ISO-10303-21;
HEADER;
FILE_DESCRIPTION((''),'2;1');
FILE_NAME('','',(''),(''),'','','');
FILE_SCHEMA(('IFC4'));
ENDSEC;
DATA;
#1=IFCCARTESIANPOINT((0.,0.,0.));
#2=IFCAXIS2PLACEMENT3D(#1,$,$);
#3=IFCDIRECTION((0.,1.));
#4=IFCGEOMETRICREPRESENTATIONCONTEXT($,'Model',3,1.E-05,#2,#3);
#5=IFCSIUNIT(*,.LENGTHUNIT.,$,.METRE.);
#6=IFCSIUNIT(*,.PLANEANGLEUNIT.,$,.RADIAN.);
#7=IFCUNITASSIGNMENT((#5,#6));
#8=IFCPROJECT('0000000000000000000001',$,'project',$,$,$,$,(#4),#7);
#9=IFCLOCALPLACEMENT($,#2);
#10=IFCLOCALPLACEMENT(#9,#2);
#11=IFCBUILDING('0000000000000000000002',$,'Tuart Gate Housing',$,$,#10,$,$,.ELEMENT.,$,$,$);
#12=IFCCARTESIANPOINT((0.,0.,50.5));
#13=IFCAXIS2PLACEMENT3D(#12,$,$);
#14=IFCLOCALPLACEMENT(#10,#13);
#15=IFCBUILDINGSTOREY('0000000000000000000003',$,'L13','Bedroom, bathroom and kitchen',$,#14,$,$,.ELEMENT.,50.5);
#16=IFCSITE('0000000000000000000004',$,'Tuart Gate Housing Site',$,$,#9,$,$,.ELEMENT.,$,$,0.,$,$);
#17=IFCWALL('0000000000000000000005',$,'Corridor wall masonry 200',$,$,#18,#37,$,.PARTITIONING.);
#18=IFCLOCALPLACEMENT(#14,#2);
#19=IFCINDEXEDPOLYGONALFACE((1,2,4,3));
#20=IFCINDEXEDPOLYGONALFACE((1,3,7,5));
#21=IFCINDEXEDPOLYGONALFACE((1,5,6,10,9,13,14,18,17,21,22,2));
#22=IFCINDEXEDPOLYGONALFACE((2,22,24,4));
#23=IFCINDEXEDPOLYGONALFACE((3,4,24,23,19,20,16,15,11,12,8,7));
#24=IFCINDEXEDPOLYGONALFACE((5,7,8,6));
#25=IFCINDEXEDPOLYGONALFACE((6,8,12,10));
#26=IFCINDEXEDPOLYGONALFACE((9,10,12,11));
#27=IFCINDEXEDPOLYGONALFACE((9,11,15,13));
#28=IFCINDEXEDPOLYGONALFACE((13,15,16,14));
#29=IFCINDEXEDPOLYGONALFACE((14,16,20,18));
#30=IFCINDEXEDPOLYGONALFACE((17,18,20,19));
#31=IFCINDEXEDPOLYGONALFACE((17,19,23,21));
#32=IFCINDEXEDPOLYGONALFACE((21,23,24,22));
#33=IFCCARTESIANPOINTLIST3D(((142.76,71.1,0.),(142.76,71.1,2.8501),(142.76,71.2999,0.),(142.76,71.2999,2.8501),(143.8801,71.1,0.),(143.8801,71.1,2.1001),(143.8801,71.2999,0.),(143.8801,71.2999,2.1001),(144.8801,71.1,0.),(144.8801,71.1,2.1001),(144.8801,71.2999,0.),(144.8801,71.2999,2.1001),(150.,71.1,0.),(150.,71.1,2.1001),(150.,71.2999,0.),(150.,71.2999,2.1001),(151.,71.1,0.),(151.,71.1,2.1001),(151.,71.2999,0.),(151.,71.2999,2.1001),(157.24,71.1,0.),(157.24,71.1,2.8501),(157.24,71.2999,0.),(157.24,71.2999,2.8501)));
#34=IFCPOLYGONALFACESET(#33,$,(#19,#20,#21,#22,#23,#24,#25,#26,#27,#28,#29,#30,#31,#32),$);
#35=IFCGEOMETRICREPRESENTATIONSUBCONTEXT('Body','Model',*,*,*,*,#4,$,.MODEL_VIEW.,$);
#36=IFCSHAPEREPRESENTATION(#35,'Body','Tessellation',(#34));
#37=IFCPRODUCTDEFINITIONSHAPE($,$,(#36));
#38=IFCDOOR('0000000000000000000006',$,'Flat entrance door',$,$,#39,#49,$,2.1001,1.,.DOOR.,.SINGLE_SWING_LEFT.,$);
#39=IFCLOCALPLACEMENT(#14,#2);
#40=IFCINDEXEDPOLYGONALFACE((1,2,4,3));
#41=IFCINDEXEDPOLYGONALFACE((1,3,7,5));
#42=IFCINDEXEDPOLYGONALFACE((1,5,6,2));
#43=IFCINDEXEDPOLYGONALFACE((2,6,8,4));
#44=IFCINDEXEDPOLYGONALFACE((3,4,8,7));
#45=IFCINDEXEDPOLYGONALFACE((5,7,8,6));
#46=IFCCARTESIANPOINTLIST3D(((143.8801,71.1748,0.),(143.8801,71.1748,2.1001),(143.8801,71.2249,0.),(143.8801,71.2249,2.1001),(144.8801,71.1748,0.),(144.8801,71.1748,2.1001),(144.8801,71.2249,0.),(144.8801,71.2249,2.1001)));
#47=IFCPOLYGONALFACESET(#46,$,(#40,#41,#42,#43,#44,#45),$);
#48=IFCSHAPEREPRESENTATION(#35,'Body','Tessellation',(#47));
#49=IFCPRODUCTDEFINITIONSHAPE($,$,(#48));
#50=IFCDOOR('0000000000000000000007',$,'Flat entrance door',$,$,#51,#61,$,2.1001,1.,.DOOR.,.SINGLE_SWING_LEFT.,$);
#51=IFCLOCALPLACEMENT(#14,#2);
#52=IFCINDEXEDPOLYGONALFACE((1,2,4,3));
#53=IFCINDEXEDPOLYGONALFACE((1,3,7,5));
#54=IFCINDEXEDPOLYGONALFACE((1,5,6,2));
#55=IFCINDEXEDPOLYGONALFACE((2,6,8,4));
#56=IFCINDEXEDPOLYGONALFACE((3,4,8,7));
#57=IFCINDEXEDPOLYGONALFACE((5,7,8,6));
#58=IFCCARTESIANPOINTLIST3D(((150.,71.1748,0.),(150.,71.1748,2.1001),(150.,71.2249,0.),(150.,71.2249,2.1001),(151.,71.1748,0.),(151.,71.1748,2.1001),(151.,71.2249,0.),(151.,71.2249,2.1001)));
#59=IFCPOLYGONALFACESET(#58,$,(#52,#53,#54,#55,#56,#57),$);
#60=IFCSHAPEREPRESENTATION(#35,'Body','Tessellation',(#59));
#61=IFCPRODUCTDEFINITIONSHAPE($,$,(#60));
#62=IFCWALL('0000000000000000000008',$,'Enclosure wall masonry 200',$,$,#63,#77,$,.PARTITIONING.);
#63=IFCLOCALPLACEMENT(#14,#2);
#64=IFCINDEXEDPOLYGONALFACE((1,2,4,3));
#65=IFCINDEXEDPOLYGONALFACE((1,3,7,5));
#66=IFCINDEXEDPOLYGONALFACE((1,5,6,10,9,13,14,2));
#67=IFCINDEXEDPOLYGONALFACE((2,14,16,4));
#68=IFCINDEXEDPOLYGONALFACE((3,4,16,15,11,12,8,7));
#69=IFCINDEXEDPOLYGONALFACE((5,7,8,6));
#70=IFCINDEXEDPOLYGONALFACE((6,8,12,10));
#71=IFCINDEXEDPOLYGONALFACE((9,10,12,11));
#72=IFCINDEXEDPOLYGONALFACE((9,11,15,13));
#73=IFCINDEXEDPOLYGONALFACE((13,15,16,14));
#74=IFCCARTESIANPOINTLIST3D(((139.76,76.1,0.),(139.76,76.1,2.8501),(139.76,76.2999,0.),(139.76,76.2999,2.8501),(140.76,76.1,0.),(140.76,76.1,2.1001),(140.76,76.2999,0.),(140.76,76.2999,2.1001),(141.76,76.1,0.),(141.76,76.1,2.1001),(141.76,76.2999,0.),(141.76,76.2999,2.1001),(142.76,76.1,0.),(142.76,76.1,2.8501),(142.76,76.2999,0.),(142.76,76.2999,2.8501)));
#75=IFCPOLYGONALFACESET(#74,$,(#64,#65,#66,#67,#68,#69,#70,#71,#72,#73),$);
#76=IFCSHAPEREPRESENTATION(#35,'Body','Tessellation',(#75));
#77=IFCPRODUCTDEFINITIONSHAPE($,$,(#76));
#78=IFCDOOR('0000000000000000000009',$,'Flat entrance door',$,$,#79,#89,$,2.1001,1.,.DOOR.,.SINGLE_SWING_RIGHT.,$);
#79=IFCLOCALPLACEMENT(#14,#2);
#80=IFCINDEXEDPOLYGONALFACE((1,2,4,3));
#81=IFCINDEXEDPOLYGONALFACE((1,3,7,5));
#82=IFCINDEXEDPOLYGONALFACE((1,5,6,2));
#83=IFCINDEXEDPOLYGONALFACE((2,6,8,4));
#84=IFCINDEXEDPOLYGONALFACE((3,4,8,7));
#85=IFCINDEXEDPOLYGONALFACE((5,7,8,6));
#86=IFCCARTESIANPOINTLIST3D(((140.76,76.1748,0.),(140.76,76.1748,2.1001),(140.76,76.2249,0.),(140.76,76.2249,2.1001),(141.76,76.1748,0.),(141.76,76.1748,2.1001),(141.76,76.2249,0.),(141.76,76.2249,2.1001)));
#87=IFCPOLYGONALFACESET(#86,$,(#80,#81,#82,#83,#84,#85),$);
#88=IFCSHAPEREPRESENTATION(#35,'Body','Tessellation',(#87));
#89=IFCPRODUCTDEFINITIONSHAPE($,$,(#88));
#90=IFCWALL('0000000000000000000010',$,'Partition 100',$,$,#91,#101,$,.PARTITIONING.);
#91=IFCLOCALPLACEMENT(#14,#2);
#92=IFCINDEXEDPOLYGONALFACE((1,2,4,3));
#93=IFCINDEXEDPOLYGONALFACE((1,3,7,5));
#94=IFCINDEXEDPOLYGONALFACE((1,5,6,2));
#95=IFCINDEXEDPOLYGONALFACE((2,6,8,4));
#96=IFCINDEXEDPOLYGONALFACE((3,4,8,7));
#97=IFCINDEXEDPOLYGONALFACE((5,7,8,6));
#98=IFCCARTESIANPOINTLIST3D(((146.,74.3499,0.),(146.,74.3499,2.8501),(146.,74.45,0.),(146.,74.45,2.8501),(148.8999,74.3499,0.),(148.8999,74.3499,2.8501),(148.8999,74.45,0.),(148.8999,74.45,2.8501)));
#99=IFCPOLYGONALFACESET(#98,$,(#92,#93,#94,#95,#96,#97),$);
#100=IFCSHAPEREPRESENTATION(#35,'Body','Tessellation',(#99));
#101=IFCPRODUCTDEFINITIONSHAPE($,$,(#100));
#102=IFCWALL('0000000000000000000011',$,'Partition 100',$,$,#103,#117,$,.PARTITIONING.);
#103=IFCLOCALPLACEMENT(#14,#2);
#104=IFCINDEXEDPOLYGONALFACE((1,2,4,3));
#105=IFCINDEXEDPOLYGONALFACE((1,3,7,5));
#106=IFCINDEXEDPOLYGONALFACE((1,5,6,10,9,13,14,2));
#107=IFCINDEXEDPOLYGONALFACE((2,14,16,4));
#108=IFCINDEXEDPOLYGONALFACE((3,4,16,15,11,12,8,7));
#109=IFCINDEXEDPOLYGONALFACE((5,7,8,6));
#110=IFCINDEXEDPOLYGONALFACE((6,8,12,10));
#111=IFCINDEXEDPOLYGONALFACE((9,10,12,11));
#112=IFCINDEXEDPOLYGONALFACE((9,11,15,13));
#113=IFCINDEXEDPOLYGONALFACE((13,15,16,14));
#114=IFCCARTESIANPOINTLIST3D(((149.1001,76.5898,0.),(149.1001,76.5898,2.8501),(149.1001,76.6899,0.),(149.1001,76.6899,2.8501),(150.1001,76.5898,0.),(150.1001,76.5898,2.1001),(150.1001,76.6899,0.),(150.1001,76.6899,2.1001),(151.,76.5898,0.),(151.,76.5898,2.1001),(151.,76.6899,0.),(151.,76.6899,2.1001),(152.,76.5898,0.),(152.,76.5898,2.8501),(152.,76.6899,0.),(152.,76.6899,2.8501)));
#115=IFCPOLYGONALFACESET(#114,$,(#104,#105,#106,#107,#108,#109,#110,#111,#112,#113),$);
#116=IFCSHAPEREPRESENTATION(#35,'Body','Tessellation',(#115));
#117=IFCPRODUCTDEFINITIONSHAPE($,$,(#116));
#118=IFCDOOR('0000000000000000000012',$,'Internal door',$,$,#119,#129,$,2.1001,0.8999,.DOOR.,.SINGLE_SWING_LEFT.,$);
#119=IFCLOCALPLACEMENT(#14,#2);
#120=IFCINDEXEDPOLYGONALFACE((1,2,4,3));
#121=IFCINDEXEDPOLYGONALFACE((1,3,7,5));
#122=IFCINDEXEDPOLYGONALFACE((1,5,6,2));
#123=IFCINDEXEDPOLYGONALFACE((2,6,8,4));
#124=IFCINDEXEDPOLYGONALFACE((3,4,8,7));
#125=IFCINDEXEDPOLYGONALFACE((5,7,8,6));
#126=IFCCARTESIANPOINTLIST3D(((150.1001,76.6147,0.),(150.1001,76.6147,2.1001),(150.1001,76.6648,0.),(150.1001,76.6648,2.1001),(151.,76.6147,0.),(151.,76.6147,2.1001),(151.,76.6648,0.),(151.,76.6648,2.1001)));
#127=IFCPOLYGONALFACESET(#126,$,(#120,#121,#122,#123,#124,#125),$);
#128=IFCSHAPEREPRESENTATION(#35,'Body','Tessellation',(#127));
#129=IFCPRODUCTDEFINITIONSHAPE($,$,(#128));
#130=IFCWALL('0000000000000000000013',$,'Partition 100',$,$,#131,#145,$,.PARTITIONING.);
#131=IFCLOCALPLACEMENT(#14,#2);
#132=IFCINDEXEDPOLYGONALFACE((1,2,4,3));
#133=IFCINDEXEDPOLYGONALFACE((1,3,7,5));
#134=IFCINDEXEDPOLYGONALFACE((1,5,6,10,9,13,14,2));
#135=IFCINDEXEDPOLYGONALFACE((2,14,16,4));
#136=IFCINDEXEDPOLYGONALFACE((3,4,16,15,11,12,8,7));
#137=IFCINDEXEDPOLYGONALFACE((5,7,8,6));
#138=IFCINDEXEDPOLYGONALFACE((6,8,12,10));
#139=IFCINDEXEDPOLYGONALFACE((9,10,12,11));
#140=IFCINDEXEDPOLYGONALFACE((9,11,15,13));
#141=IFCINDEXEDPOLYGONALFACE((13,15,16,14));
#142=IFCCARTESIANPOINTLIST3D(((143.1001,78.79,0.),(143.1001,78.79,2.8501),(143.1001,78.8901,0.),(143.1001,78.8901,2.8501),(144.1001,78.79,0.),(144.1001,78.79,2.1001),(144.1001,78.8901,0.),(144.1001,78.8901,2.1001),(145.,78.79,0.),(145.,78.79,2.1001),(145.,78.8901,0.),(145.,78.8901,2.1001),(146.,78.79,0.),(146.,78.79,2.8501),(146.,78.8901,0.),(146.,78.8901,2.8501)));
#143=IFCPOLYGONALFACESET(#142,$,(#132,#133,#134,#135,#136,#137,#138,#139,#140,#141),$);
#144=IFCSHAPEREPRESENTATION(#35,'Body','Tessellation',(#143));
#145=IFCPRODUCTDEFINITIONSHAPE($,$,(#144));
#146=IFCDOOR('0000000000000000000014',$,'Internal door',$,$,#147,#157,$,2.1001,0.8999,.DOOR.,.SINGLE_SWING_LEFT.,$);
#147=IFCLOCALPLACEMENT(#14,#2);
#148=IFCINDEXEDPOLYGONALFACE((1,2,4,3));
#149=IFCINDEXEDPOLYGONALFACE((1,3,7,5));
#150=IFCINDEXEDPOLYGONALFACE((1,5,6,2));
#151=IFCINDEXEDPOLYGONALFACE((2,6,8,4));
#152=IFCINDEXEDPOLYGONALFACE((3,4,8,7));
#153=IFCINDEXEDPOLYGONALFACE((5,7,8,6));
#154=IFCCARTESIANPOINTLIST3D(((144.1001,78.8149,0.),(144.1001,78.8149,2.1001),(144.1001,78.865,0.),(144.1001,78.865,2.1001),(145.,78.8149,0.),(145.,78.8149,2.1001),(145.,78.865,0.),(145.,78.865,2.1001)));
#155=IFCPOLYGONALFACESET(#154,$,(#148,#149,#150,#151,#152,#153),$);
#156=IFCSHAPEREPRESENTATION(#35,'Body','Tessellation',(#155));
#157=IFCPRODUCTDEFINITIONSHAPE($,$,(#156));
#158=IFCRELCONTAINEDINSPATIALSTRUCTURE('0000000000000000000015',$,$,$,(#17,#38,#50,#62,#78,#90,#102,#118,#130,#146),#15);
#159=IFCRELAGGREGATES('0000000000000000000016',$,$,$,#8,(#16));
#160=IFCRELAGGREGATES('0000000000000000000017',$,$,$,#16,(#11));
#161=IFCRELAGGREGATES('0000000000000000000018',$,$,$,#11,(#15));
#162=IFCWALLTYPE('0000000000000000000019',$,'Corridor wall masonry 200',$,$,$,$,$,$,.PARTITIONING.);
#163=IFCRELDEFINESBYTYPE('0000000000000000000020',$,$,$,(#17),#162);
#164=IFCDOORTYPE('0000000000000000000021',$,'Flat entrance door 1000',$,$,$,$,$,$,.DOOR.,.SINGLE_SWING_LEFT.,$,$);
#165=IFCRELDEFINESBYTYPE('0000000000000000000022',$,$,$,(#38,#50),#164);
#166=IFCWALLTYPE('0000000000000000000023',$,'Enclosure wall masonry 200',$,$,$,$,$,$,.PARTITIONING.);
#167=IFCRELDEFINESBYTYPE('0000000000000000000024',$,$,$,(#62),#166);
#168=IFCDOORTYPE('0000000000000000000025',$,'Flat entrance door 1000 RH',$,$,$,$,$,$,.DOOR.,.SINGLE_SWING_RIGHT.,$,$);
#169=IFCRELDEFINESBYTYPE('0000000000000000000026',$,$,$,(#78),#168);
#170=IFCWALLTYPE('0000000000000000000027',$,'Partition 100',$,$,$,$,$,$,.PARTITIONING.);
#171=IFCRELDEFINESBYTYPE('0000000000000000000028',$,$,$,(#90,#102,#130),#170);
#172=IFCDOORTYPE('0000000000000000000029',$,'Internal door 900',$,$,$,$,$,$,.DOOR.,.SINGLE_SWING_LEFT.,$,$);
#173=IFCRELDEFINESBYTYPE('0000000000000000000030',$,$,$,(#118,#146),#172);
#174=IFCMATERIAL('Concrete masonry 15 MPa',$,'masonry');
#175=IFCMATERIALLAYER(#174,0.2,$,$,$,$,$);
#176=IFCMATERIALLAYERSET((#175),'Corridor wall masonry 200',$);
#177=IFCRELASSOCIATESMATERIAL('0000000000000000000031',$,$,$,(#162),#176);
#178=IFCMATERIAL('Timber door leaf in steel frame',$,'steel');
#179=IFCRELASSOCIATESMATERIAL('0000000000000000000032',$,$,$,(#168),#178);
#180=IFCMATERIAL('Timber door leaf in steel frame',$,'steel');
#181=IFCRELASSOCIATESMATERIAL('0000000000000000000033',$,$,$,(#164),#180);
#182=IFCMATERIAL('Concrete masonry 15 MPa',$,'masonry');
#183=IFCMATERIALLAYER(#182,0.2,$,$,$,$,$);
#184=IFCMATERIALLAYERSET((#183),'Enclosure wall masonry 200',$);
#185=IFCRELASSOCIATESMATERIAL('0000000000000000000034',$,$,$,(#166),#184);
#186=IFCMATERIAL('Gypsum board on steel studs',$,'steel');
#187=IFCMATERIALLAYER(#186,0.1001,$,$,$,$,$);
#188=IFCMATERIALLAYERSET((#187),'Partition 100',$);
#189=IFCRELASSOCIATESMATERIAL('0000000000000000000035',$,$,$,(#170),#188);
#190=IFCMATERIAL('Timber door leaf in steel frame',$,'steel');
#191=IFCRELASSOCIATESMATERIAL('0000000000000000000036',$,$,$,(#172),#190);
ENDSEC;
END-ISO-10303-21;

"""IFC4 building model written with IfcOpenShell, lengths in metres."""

from ifc_helpers import new_model, si_unit, direction, frame, frame_2d, origin, place, context, subcontext, project, spatial, rectangle, extrude, material, layer, layer_set, type_object, element, fill, save


model = new_model("IFC4")

# Units and contexts
model_context = context("Model", 3, precision=1e-05, world=origin(), true_north=direction((0.0, 1.0)))
body_context = subcontext(model_context, "Body", "Model", "MODEL_VIEW")
ifc_project = project(units=[si_unit("LENGTHUNIT", "METRE"), si_unit("PLANEANGLEUNIT", "RADIAN")], contexts=[model_context])

# Site, building, storey
site_placement = place(None, origin())
site = spatial("IfcSite", under=ifc_project, at=site_placement, Name="Tuart Gate Housing Site", CompositionType="ELEMENT", RefElevation=0.0)
building_placement = place(site_placement, origin())
building = spatial("IfcBuilding", under=site, at=building_placement, Name="Tuart Gate Housing", CompositionType="ELEMENT")
storey_placement = place(building_placement, frame((0.0, 0.0, 50.5)))
storey = spatial("IfcBuildingStorey", under=building, at=storey_placement, Name="L13", Description="Bedroom, bathroom and kitchen", CompositionType="ELEMENT", Elevation=50.5)

# Wall, openings, doors
ifc_material_1 = material(Name="Concrete masonry 15 MPa", Category="masonry")
ifc_layer_1 = layer(ifc_material_1, 0.2)
ifc_layer_set_1 = layer_set([ifc_layer_1], Name="Corridor wall masonry 200")
wall_type_1 = type_object("IfcWallType", Name="Corridor wall masonry 200", PredefinedType="PARTITIONING", material=ifc_layer_set_1)
ifc_material_2 = material(Name="Timber door leaf in steel frame", Category="steel")
door_type_1 = type_object("IfcDoorType", Name="Flat entrance door 1000 RH", OperationType="SINGLE_SWING_RIGHT", PredefinedType="DOOR", material=ifc_material_2)
wall_1_placement = place(storey_placement, frame((142.76, 71.2, 0.0), z_axis=(0.0, 0.0, 1.0), x_axis=(1.0, 0.0, 0.0)))
wall_1 = element("IfcWall", 1, at=wall_1_placement, inside=storey, type_object=wall_type_1, Name="Corridor wall masonry 200", PredefinedType="PARTITIONING", context=body_context, shape_type="SweptSolid", body=[
    extrude(rectangle(XDim=14.48, YDim=0.2, at=frame_2d((7.24, 0.0))), origin(), (0.0, 0.0, 1.0), 2.8501),
])
opening_1_placement = place(wall_1_placement, frame((1.1201, 0.0, 0.0)))
opening_1 = element("IfcOpeningElement", 2, at=opening_1_placement, cuts=wall_1, PredefinedType="OPENING", context=body_context, shape_type="SweptSolid", body=[
    extrude(rectangle(XDim=1.0, YDim=2.1001, at=frame_2d((0.5, 1.05))), frame((0.0, 0.1099, 0.0), z_axis=(0.0, -1.0, 0.0), x_axis=(1.0, 0.0, 0.0)), (0.0, 0.0, 1.0), 0.22),
])
opening_2_placement = place(wall_1_placement, frame((7.24, 0.0, 0.0)))
opening_2 = element("IfcOpeningElement", 3, at=opening_2_placement, cuts=wall_1, PredefinedType="OPENING", context=body_context, shape_type="SweptSolid", body=[
    extrude(rectangle(XDim=1.0, YDim=2.1001, at=frame_2d((0.5, 1.05))), frame((0.0, 0.1099, 0.0), z_axis=(0.0, -1.0, 0.0), x_axis=(1.0, 0.0, 0.0)), (0.0, 0.0, 1.0), 0.22),
])
ifc_material_3 = material(Name="Timber door leaf in steel frame", Category="steel")
door_type_2 = type_object("IfcDoorType", Name="Flat entrance door 1000", OperationType="SINGLE_SWING_LEFT", PredefinedType="DOOR", material=ifc_material_3)
door_1_placement = place(opening_1_placement, origin())
door_1 = element("IfcDoor", 4, at=door_1_placement, inside=storey, type_object=door_type_2, Name="Flat entrance door", OperationType="SINGLE_SWING_LEFT", OverallHeight=2.1001, OverallWidth=1.0, PredefinedType="DOOR", context=body_context, shape_type="SweptSolid", body=[
    extrude(rectangle(XDim=1.0, YDim=2.1001, at=frame_2d((0.5, 1.05))), frame((0.0, 0.0249, 0.0), z_axis=(0.0, -1.0, 0.0), x_axis=(1.0, 0.0, 0.0)), (0.0, 0.0, 1.0), 0.05),
])
fill(opening_1, door_1)
door_2_placement = place(opening_2_placement, origin())
door_2 = element("IfcDoor", 5, at=door_2_placement, inside=storey, type_object=door_type_2, Name="Flat entrance door", OperationType="SINGLE_SWING_LEFT", OverallHeight=2.1001, OverallWidth=1.0, PredefinedType="DOOR", context=body_context, shape_type="SweptSolid", body=[
    extrude(rectangle(XDim=1.0, YDim=2.1001, at=frame_2d((0.5, 1.05))), frame((0.0, 0.0249, 0.0), z_axis=(0.0, -1.0, 0.0), x_axis=(1.0, 0.0, 0.0)), (0.0, 0.0, 1.0), 0.05),
])
fill(opening_2, door_2)

# Wall, opening, door
ifc_material_4 = material(Name="Concrete masonry 15 MPa", Category="masonry")
ifc_layer_2 = layer(ifc_material_4, 0.2)
ifc_layer_set_2 = layer_set([ifc_layer_2], Name="Enclosure wall masonry 200")
wall_type_2 = type_object("IfcWallType", Name="Enclosure wall masonry 200", PredefinedType="PARTITIONING", material=ifc_layer_set_2)
wall_2_placement = place(storey_placement, frame((139.76, 76.2, 0.0), z_axis=(0.0, 0.0, 1.0), x_axis=(1.0, 0.0, 0.0)))
wall_2 = element("IfcWall", 6, at=wall_2_placement, inside=storey, type_object=wall_type_2, Name="Enclosure wall masonry 200", PredefinedType="PARTITIONING", context=body_context, shape_type="SweptSolid", body=[
    extrude(rectangle(XDim=3.0, YDim=0.2, at=frame_2d((1.5, 0.0))), origin(), (0.0, 0.0, 1.0), 2.8501),
])
opening_3_placement = place(wall_2_placement, frame((1.0, 0.0, 0.0)))
opening_3 = element("IfcOpeningElement", 7, at=opening_3_placement, cuts=wall_2, PredefinedType="OPENING", context=body_context, shape_type="SweptSolid", body=[
    extrude(rectangle(XDim=1.0, YDim=2.1001, at=frame_2d((0.5, 1.05))), frame((0.0, 0.1099, 0.0), z_axis=(0.0, -1.0, 0.0), x_axis=(1.0, 0.0, 0.0)), (0.0, 0.0, 1.0), 0.22),
])
door_3_placement = place(opening_3_placement, origin())
door_3 = element("IfcDoor", 8, at=door_3_placement, inside=storey, type_object=door_type_1, Name="Flat entrance door", OperationType="SINGLE_SWING_RIGHT", OverallHeight=2.1001, OverallWidth=1.0, PredefinedType="DOOR", context=body_context, shape_type="SweptSolid", body=[
    extrude(rectangle(XDim=1.0, YDim=2.1001, at=frame_2d((0.5, 1.05))), frame((0.0, 0.0249, 0.0), z_axis=(0.0, -1.0, 0.0), x_axis=(1.0, 0.0, 0.0)), (0.0, 0.0, 1.0), 0.05),
])
fill(opening_3, door_3)

# Wall
ifc_material_5 = material(Name="Gypsum board on steel studs", Category="steel")
ifc_layer_3 = layer(ifc_material_5, 0.1001)
ifc_layer_set_3 = layer_set([ifc_layer_3], Name="Partition 100")
wall_type_3 = type_object("IfcWallType", Name="Partition 100", PredefinedType="PARTITIONING", material=ifc_layer_set_3)
wall_3_placement = place(storey_placement, frame((146.0, 74.3999, 0.0), z_axis=(0.0, 0.0, 1.0), x_axis=(1.0, 0.0, 0.0)))
element("IfcWall", 9, at=wall_3_placement, inside=storey, type_object=wall_type_3, Name="Partition 100", PredefinedType="PARTITIONING", context=body_context, shape_type="SweptSolid", body=[
    extrude(rectangle(XDim=2.8999, YDim=0.1001, at=frame_2d((1.45, 0.0))), origin(), (0.0, 0.0, 1.0), 2.8501),
])

# Walls, openings, doors
wall_4_placement = place(storey_placement, frame((149.1001, 76.6399, 0.0), z_axis=(0.0, 0.0, 1.0), x_axis=(1.0, 0.0, 0.0)))
wall_4 = element("IfcWall", 10, at=wall_4_placement, inside=storey, type_object=wall_type_3, Name="Partition 100", PredefinedType="PARTITIONING", context=body_context, shape_type="SweptSolid", body=[
    extrude(rectangle(XDim=2.8999, YDim=0.1001, at=frame_2d((1.45, 0.0))), origin(), (0.0, 0.0, 1.0), 2.8501),
])
opening_4_placement = place(wall_4_placement, frame((1.0, 0.0, 0.0)))
opening_4 = element("IfcOpeningElement", 11, at=opening_4_placement, cuts=wall_4, PredefinedType="OPENING", context=body_context, shape_type="SweptSolid", body=[
    extrude(rectangle(XDim=0.8999, YDim=2.1001, at=frame_2d((0.45, 1.05))), frame((0.0, 0.0601, 0.0), z_axis=(0.0, -1.0, 0.0), x_axis=(1.0, 0.0, 0.0)), (0.0, 0.0, 1.0), 0.1201),
])
ifc_material_6 = material(Name="Timber door leaf in steel frame", Category="steel")
door_type_3 = type_object("IfcDoorType", Name="Internal door 900", OperationType="SINGLE_SWING_LEFT", PredefinedType="DOOR", material=ifc_material_6)
door_4_placement = place(opening_4_placement, frame((0.8999, 0.0, 0.0), z_axis=(0.0, 0.0, 1.0), x_axis=(-1.0, 0.0, 0.0)))
door_4 = element("IfcDoor", 12, at=door_4_placement, inside=storey, type_object=door_type_3, Name="Internal door", OperationType="SINGLE_SWING_LEFT", OverallHeight=2.1001, OverallWidth=0.8999, PredefinedType="DOOR", context=body_context, shape_type="SweptSolid", body=[
    extrude(rectangle(XDim=0.8999, YDim=2.1001, at=frame_2d((0.45, 1.05))), frame((0.0, 0.0251, 0.0), z_axis=(0.0, -1.0, 0.0), x_axis=(1.0, 0.0, 0.0)), (0.0, 0.0, 1.0), 0.05),
])
fill(opening_4, door_4)
wall_5_placement = place(storey_placement, frame((143.1001, 78.8401, 0.0), z_axis=(0.0, 0.0, 1.0), x_axis=(1.0, 0.0, 0.0)))
wall_5 = element("IfcWall", 13, at=wall_5_placement, inside=storey, type_object=wall_type_3, Name="Partition 100", PredefinedType="PARTITIONING", context=body_context, shape_type="SweptSolid", body=[
    extrude(rectangle(XDim=2.8999, YDim=0.1001, at=frame_2d((1.45, 0.0))), origin(), (0.0, 0.0, 1.0), 2.8501),
])
opening_5_placement = place(wall_5_placement, frame((1.0, 0.0, 0.0)))
opening_5 = element("IfcOpeningElement", 14, at=opening_5_placement, cuts=wall_5, PredefinedType="OPENING", context=body_context, shape_type="SweptSolid", body=[
    extrude(rectangle(XDim=0.8999, YDim=2.1001, at=frame_2d((0.45, 1.05))), frame((0.0, 0.0601, 0.0), z_axis=(0.0, -1.0, 0.0), x_axis=(1.0, 0.0, 0.0)), (0.0, 0.0, 1.0), 0.1201),
])
door_5_placement = place(opening_5_placement, frame((0.8999, 0.0, 0.0), z_axis=(0.0, 0.0, 1.0), x_axis=(-1.0, 0.0, 0.0)))
door_5 = element("IfcDoor", 15, at=door_5_placement, inside=storey, type_object=door_type_3, Name="Internal door", OperationType="SINGLE_SWING_LEFT", OverallHeight=2.1001, OverallWidth=0.8999, PredefinedType="DOOR", context=body_context, shape_type="SweptSolid", body=[
    extrude(rectangle(XDim=0.8999, YDim=2.1001, at=frame_2d((0.45, 1.05))), frame((0.0, 0.0251, 0.0), z_axis=(0.0, -1.0, 0.0), x_axis=(1.0, 0.0, 0.0)), (0.0, 0.0, 1.0), 0.05),
])
fill(opening_5, door_5)

save(model, "model.ifc")
